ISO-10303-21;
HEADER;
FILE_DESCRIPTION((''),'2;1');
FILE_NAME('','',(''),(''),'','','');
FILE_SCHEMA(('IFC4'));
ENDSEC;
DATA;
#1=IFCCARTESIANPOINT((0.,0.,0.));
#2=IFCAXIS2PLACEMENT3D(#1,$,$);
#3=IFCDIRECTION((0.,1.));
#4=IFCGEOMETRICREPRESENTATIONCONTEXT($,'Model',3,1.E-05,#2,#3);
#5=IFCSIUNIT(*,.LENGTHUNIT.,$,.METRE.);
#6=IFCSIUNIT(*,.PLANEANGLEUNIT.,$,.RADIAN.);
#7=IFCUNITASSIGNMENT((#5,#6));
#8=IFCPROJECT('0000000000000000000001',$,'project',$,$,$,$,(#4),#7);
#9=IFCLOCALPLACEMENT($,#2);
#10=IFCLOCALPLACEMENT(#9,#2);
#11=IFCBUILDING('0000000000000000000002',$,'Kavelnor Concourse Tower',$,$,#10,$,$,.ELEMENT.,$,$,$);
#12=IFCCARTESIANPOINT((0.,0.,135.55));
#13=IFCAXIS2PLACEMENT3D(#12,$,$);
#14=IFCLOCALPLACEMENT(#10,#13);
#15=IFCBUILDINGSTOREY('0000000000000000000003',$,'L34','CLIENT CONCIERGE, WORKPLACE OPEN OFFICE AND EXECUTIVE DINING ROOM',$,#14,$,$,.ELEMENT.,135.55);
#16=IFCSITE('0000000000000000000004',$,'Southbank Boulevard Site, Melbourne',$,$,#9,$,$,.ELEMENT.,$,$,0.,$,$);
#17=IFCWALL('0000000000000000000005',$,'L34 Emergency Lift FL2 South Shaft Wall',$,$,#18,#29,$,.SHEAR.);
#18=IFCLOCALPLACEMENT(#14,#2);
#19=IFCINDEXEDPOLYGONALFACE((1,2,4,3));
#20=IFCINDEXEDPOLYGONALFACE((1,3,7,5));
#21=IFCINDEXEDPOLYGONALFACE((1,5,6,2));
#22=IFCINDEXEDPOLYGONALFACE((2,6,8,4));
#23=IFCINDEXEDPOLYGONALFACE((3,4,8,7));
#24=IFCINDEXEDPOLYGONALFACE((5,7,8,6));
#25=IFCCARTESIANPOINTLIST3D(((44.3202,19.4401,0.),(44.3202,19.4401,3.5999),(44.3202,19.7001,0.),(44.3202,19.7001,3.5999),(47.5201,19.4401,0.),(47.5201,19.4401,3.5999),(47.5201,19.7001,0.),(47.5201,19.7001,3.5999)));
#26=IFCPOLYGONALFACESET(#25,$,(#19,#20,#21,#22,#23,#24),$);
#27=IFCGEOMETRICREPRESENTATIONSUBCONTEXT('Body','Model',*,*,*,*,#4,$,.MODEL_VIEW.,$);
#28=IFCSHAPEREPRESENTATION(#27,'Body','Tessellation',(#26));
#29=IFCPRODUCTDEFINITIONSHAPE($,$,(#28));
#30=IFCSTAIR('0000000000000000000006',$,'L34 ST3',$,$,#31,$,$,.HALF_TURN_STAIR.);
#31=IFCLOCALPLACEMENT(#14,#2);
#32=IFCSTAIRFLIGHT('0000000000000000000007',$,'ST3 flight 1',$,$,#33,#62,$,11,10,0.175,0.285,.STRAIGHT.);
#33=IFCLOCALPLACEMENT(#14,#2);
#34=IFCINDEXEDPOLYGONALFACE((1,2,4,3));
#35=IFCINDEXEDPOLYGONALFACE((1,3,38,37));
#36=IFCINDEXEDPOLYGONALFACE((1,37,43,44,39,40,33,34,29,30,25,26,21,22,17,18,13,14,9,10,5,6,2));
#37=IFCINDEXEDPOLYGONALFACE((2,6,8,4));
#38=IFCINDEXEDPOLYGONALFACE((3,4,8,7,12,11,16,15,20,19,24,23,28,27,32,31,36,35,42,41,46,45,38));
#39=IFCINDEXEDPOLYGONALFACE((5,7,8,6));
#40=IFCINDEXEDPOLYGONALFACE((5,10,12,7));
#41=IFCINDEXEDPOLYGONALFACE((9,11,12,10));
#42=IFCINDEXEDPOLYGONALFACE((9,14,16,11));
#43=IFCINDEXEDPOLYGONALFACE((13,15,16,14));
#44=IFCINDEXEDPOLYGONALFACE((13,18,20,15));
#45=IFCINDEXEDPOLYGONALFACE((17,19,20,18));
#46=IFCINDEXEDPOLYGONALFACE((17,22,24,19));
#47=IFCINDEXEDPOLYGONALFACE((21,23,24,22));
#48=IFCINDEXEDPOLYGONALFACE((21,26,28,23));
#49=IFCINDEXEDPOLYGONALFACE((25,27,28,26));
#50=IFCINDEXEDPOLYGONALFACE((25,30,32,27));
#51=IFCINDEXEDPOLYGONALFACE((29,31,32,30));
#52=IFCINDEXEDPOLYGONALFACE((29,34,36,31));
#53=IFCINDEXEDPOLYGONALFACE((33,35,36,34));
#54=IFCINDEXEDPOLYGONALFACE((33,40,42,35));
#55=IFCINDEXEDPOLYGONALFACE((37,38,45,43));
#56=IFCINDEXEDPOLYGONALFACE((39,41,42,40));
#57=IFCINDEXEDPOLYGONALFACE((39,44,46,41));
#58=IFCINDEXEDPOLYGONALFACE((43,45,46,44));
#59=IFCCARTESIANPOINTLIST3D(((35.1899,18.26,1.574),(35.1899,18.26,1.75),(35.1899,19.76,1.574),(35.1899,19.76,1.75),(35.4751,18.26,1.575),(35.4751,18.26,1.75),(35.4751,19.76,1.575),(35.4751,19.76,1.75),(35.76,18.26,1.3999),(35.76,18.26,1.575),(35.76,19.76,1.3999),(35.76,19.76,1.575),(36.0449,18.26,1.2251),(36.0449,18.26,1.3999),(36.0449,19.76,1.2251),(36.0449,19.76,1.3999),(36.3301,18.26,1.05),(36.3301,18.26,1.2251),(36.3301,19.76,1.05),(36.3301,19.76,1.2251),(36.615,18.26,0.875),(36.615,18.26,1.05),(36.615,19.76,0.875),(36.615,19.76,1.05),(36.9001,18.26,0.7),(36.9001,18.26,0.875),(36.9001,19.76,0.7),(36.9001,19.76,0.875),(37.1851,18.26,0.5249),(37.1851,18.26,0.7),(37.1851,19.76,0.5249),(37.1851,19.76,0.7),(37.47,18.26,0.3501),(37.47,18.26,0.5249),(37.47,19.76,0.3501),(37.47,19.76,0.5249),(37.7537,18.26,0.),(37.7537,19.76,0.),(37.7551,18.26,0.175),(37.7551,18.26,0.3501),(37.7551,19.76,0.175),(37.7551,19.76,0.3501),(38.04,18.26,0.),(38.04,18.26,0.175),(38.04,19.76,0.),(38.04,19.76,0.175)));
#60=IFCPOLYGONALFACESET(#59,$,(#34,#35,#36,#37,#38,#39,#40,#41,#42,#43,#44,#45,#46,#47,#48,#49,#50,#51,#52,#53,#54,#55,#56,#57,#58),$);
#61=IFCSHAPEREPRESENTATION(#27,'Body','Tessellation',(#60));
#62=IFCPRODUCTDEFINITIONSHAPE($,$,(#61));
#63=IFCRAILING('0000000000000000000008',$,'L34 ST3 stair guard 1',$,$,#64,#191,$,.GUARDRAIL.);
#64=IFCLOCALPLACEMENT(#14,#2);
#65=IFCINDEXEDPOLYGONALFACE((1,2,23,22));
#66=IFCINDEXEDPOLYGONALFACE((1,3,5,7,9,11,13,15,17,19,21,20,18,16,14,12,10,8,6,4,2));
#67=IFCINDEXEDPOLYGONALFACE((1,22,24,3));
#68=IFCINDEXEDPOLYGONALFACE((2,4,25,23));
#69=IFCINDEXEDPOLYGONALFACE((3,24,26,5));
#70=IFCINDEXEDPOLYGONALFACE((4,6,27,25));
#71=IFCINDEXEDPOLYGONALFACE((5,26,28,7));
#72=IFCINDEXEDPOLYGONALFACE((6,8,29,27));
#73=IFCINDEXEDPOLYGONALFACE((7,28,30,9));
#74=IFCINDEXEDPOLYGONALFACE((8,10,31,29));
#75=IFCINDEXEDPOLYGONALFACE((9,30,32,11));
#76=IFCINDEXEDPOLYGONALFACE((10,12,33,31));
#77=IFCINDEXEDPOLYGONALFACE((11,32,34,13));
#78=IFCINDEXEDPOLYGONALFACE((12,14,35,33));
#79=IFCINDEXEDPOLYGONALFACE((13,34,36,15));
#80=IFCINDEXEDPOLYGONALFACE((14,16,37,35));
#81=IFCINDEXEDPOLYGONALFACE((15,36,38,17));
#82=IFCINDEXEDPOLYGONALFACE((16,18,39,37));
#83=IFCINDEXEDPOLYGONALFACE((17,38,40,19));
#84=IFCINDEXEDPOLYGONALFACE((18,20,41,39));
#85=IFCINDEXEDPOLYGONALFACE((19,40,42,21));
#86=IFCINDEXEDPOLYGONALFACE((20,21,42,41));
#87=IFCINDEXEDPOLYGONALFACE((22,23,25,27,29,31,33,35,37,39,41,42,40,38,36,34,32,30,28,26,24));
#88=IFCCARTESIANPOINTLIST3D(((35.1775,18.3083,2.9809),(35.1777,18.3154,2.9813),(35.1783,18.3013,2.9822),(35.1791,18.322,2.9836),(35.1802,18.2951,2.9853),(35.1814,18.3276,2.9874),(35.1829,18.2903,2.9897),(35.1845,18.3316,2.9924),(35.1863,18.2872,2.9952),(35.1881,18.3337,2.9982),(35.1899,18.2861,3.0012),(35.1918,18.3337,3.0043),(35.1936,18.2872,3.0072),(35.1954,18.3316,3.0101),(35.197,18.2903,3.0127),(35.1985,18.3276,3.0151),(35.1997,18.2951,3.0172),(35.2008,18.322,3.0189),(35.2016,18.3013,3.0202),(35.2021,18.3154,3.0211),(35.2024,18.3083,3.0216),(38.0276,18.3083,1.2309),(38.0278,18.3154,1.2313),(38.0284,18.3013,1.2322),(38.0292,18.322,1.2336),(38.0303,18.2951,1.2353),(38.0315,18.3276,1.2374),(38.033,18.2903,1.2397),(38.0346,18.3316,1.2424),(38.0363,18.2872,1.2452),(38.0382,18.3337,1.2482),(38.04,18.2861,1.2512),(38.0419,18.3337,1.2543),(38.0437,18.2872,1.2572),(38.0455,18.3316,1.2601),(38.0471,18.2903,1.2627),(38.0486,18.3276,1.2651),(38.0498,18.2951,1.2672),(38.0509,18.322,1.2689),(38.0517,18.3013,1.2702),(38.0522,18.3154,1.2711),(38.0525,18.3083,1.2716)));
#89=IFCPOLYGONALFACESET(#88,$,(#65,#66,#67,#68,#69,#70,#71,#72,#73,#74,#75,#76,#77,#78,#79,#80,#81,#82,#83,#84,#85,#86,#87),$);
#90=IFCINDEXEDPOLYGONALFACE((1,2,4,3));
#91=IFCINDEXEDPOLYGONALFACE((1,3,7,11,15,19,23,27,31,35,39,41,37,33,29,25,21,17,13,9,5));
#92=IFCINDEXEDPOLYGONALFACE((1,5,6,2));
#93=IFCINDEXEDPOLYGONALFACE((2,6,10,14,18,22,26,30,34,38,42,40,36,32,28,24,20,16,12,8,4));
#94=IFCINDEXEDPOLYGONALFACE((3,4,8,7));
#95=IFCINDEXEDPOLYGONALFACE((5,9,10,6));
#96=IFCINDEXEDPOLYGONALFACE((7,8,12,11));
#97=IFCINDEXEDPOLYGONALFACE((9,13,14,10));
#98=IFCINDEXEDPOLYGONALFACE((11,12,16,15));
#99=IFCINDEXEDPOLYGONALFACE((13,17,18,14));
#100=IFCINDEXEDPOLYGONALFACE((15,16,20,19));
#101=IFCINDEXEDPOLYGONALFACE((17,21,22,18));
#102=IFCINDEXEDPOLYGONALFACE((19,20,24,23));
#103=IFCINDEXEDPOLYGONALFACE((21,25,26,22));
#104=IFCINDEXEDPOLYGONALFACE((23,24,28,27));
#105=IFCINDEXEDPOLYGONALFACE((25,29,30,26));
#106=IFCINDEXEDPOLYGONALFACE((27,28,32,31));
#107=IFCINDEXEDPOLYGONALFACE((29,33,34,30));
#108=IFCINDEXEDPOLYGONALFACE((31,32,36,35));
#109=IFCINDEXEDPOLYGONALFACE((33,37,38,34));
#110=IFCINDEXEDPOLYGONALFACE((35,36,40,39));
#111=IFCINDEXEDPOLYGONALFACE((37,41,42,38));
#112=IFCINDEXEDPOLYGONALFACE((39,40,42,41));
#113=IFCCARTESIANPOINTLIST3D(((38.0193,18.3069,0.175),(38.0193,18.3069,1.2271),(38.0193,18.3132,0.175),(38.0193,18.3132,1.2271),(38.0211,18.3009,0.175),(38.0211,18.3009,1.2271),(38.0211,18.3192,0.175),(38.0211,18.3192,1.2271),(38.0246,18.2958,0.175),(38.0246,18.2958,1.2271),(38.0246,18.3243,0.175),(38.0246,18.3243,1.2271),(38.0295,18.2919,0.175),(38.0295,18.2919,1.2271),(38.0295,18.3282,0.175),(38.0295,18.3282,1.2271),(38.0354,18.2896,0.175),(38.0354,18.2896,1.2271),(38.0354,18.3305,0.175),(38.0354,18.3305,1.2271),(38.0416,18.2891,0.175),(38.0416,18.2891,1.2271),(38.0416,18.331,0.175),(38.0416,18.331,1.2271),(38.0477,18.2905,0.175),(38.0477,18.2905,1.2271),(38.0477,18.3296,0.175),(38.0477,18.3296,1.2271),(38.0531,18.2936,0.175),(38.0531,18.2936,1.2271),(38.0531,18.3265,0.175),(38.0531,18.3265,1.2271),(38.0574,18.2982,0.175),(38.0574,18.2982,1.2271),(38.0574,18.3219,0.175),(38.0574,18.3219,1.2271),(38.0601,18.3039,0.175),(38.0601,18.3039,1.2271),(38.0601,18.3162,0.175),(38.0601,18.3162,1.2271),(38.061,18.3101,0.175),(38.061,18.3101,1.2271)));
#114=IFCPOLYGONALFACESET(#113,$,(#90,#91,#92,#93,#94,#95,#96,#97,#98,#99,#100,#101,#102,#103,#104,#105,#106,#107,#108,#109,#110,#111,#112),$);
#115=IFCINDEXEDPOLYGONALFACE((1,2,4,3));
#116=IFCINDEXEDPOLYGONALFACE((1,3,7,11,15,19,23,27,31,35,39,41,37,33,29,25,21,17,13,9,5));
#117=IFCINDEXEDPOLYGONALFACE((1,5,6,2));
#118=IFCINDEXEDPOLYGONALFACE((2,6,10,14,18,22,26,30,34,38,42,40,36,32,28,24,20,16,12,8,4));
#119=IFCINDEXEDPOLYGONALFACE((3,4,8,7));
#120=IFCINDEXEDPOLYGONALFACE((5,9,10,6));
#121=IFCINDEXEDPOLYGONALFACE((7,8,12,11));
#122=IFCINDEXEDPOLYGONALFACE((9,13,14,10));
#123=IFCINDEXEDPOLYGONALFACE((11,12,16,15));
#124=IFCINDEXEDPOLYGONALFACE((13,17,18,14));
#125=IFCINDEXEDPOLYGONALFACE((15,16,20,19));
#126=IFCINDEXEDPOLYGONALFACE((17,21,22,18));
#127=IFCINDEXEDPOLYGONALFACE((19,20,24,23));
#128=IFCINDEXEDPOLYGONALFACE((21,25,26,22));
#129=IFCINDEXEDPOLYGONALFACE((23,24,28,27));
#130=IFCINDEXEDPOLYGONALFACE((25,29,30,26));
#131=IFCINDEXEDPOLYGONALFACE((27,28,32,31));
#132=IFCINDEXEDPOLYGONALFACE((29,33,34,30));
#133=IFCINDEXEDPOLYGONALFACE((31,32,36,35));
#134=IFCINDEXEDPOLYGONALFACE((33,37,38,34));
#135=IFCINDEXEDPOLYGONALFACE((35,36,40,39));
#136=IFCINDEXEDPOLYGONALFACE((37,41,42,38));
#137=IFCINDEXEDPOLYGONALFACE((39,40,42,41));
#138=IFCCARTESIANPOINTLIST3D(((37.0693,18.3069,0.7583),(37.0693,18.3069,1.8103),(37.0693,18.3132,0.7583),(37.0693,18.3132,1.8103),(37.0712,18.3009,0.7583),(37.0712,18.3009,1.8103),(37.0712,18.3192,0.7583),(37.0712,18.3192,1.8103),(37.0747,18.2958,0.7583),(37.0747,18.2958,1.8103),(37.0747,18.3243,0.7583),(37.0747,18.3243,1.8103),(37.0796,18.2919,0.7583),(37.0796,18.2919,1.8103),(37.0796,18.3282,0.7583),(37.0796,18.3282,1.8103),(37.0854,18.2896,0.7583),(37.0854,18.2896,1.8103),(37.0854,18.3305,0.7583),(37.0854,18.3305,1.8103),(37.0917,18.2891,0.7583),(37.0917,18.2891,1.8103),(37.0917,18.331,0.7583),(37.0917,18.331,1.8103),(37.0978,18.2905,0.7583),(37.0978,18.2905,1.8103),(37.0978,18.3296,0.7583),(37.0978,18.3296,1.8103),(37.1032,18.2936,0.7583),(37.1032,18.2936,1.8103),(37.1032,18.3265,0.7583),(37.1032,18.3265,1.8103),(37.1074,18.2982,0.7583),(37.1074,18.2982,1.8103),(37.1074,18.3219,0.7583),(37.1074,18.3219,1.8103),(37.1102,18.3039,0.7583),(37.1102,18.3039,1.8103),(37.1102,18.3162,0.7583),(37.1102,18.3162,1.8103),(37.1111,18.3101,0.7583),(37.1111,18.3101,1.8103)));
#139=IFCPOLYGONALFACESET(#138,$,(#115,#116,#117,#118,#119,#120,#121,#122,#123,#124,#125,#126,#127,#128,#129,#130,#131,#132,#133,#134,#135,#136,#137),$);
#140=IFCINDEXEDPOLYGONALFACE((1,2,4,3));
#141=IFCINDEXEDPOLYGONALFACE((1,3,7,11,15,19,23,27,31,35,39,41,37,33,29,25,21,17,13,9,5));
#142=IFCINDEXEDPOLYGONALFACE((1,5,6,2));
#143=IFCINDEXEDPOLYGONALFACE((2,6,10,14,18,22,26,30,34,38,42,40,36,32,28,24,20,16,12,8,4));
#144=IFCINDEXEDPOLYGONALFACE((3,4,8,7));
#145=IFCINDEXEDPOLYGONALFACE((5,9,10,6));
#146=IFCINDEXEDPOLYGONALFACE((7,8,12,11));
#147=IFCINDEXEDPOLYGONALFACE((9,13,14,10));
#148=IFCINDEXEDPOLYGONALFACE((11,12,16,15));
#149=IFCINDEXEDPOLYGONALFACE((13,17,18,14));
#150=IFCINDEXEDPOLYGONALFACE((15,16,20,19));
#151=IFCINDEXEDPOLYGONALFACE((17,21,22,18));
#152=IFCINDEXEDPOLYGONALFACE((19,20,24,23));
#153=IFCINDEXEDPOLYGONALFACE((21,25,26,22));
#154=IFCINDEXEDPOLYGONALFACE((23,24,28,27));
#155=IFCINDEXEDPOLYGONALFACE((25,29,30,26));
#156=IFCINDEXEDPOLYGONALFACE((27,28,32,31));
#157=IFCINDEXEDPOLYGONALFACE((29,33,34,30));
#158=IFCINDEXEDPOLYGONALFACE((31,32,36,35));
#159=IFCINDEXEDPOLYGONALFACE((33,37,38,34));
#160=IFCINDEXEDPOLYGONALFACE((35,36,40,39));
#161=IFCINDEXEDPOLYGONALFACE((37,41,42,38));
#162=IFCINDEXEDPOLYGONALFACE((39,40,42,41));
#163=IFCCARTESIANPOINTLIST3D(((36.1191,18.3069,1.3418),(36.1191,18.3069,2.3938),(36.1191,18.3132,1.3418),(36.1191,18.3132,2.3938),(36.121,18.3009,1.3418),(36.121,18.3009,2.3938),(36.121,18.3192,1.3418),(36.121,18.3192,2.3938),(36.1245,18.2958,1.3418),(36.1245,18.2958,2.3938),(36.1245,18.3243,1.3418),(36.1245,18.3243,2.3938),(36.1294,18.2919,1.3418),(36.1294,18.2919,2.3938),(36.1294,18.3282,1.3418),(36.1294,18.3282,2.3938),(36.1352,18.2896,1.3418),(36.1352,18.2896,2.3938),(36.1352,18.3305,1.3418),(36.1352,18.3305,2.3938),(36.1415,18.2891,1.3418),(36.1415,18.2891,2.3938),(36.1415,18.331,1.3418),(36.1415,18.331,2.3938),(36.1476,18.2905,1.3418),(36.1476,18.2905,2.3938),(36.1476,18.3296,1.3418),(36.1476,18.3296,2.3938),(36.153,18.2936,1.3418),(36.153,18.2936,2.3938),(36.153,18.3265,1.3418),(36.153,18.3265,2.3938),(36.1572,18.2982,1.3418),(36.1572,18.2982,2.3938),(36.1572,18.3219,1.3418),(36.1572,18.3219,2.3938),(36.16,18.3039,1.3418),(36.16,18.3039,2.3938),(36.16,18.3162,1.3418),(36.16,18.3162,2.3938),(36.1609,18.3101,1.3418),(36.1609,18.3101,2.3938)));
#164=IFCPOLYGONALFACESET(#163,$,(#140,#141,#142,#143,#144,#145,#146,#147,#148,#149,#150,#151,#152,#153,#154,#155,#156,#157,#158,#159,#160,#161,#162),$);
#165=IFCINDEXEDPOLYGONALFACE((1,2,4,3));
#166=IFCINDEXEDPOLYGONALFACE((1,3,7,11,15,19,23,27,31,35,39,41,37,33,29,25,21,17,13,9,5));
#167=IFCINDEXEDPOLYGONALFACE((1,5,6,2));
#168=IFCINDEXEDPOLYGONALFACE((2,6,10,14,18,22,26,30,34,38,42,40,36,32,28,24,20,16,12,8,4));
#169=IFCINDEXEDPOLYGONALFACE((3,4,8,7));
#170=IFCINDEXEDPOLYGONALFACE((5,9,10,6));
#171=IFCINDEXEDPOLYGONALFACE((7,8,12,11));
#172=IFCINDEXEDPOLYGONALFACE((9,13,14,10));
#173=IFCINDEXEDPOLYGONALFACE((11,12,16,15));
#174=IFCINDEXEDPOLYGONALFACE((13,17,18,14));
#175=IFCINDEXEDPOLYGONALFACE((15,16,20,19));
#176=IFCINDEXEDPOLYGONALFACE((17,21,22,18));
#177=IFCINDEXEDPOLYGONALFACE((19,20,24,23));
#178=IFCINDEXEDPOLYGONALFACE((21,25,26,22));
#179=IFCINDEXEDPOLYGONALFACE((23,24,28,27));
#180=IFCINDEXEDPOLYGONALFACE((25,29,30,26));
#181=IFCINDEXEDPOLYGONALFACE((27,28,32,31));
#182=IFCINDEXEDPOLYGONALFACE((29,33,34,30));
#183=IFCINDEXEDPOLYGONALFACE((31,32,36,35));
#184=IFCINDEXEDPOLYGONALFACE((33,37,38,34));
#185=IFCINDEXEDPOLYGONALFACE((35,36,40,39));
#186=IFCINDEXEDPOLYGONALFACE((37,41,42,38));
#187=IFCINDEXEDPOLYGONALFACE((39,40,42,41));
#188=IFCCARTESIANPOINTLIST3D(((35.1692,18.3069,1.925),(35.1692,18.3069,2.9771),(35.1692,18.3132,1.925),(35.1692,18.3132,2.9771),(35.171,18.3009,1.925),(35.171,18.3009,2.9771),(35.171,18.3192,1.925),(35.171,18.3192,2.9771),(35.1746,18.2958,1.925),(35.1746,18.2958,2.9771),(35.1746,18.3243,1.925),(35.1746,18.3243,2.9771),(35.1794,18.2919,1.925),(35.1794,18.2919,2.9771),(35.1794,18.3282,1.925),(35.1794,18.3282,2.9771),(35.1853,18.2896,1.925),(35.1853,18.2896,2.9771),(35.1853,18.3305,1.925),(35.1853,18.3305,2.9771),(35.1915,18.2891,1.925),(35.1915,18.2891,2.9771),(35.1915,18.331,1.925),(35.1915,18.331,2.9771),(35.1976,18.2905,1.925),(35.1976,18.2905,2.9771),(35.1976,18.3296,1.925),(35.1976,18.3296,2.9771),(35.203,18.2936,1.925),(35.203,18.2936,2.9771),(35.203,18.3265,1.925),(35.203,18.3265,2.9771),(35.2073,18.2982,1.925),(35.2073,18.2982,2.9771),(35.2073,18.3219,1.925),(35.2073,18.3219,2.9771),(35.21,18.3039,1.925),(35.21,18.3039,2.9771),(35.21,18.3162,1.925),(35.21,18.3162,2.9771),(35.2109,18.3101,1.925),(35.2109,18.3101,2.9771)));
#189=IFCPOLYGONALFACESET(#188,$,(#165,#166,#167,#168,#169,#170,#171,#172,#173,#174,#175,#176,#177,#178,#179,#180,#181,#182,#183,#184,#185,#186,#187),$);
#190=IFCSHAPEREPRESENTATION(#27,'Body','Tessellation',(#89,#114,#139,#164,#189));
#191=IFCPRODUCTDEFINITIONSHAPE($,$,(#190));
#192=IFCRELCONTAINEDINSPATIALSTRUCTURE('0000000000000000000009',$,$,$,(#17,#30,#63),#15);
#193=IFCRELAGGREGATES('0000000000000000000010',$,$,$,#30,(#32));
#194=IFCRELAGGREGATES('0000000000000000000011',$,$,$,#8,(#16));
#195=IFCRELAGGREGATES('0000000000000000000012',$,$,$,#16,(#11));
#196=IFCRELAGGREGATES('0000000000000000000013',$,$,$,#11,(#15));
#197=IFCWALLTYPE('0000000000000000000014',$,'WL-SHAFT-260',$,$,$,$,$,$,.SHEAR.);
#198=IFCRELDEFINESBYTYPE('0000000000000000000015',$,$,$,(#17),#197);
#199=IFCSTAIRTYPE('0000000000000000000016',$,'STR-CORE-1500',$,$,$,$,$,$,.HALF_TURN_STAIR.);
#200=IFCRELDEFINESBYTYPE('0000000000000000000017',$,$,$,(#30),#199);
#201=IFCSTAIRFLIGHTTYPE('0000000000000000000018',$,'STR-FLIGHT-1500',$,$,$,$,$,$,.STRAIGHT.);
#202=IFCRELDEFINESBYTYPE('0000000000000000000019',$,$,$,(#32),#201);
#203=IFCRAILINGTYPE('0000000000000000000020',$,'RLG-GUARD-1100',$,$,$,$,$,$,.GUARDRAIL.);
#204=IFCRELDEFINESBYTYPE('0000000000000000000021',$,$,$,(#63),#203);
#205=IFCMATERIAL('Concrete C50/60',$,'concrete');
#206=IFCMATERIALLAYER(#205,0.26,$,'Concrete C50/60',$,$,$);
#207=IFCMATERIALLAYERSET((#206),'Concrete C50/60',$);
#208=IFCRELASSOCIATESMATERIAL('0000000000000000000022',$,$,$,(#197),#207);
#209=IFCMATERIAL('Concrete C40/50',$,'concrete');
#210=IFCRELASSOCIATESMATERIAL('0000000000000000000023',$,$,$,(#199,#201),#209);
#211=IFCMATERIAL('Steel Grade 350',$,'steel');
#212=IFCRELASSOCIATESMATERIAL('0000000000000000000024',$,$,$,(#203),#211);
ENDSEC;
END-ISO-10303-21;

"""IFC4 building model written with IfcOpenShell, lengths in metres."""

from ifc_helpers import new_model, si_unit, direction, frame, frame_2d, origin, origin_2d, place, context, subcontext, project, spatial, polyline, rectangle, circle, outline, extrude, material, layer, layer_set, type_object, element, aggregate, save


model = new_model("IFC4")

# Units and contexts
model_context = context("Model", 3, precision=1e-05, world=origin(), true_north=direction((0.0, 1.0)))
body_context = subcontext(model_context, "Body", "Model", "MODEL_VIEW")
ifc_project = project(units=[si_unit("LENGTHUNIT", "METRE"), si_unit("PLANEANGLEUNIT", "RADIAN")], contexts=[model_context])

# Site, building, storey
site_placement = place(None, origin())
site = spatial("IfcSite", under=ifc_project, at=site_placement, Name="Southbank Boulevard Site, Melbourne", CompositionType="ELEMENT", RefElevation=0.0)
building_placement = place(site_placement, origin())
building = spatial("IfcBuilding", under=site, at=building_placement, Name="Kavelnor Concourse Tower", CompositionType="ELEMENT")
storey_placement = place(building_placement, frame((0.0, 0.0, 135.55)))
storey = spatial("IfcBuildingStorey", under=building, at=storey_placement, Name="L34", Description="CLIENT CONCIERGE, WORKPLACE OPEN OFFICE AND EXECUTIVE DINING ROOM", CompositionType="ELEMENT", Elevation=135.55)

# Shared definitions
ifc_material_1 = material(Name="Steel Grade 350", Category="steel")

# Wall
ifc_material_2 = material(Name="Concrete C50/60", Category="concrete")
ifc_layer_1 = layer(ifc_material_2, 0.26, Name="Concrete C50/60")
ifc_layer_set_1 = layer_set([ifc_layer_1], Name="Concrete C50/60")
wall_type_1 = type_object("IfcWallType", Name="WL-SHAFT-260", PredefinedType="SHEAR", material=ifc_layer_set_1)
for number, where, z_axis, x_axis, name in (
    (1, (44.3201, 19.5701, 0.0), (0.0, 0.0, 1.0), (1.0, 0.0, 0.0), "L34 Emergency Lift FL2 South Shaft Wall"),
):
    element("IfcWall", number, at=place(storey_placement, frame(where, z_axis=z_axis, x_axis=x_axis)), inside=storey, type_object=wall_type_1, Name=name, PredefinedType="SHEAR", context=body_context, shape_type="SweptSolid", body=[
        extrude(rectangle(XDim=3.2, YDim=0.26, at=frame_2d((1.6001, 0.0))), origin(), (0.0, 0.0, 1.0), 3.5999),
    ])

# Stair, stair flight
ifc_material_3 = material(Name="Concrete C40/50", Category="concrete")
stair_type = type_object("IfcStairType", Name="STR-CORE-1500", PredefinedType="HALF_TURN_STAIR", material=ifc_material_3)
stair_placement = place(storey_placement, origin())
stair = element("IfcStair", 2, at=stair_placement, inside=storey, type_object=stair_type, Name="L34 ST3", PredefinedType="HALF_TURN_STAIR")
stair_flight_type = type_object("IfcStairFlightType", Name="STR-FLIGHT-1500", PredefinedType="STRAIGHT", material=ifc_material_3)
stair_flight_placement = place(storey_placement, frame((38.04, 19.01, 0.0), z_axis=(0.0, 0.0, 1.0), x_axis=(-1.0, 0.0, 0.0)))
stair_flight = element("IfcStairFlight", 3, at=stair_flight_placement, type_object=stair_flight_type, Name="ST3 flight 1", NumberOfRisers=11, NumberOfTreads=10, PredefinedType="STRAIGHT", RiserHeight=0.175, TreadLength=0.285, context=body_context, shape_type="SweptSolid", body=[
    extrude(outline(polyline([(0.0, 0.0), (0.0, 0.175), (0.2849, 0.175), (0.2849, 0.3501), (0.5701, 0.3501), (0.5701, 0.5249), (0.855, 0.5249), (0.855, 0.7), (1.1399, 0.7), (1.1399, 0.875), (1.425, 0.875), (1.425, 1.05), (1.71, 1.05), (1.71, 1.2251), (1.9951, 1.2251), (1.9951, 1.3999), (2.28, 1.3999), (2.28, 1.575), (2.5649, 1.575), (2.5649, 1.75), (2.8501, 1.75), (2.8501, 1.925), (2.8501, 1.574), (0.2864, 0.0), (0.0, 0.0)])), frame((0.0, 0.75, 0.0), z_axis=(0.0, -1.0, 0.0), x_axis=(1.0, 0.0, 0.0)), (0.0, 0.0, 1.0), 1.5),
])
aggregate(stair, [stair_flight])

# Railing
railing_type_1 = type_object("IfcRailingType", Name="RLG-GUARD-1100", PredefinedType="GUARDRAIL", material=ifc_material_1)
railing_1_placement = place(storey_placement, frame((38.04, 18.3101, 0.175)))
element("IfcRailing", 4, at=railing_1_placement, inside=storey, type_object=railing_type_1, Name="L34 ST3 stair guard 1", PredefinedType="GUARDRAIL", context=body_context, shape_type="SweptSolid", body=[
    extrude(circle(Radius=0.0239, at=origin_2d()), frame((0.0, 0.0, 1.0762), z_axis=(-0.852179, 0.0, 0.52325), x_axis=(0.0, -1.0, 0.0)), (0.0, 0.0, 1.0), 3.3445),
    extrude(circle(Radius=0.021, at=origin_2d()), origin(), (0.0, 0.0, 1.0), 1.052),
    extrude(circle(Radius=0.021, at=origin_2d()), frame((-0.95, 0.0, 0.5833)), (0.0, 0.0, 1.0), 1.052),
    extrude(circle(Radius=0.021, at=origin_2d()), frame((-1.9001, 0.0, 1.1667)), (0.0, 0.0, 1.0), 1.052),
    extrude(circle(Radius=0.021, at=origin_2d()), frame((-2.8501, 0.0, 1.75)), (0.0, 0.0, 1.0), 1.052),
])

save(model, "model.ifc")
